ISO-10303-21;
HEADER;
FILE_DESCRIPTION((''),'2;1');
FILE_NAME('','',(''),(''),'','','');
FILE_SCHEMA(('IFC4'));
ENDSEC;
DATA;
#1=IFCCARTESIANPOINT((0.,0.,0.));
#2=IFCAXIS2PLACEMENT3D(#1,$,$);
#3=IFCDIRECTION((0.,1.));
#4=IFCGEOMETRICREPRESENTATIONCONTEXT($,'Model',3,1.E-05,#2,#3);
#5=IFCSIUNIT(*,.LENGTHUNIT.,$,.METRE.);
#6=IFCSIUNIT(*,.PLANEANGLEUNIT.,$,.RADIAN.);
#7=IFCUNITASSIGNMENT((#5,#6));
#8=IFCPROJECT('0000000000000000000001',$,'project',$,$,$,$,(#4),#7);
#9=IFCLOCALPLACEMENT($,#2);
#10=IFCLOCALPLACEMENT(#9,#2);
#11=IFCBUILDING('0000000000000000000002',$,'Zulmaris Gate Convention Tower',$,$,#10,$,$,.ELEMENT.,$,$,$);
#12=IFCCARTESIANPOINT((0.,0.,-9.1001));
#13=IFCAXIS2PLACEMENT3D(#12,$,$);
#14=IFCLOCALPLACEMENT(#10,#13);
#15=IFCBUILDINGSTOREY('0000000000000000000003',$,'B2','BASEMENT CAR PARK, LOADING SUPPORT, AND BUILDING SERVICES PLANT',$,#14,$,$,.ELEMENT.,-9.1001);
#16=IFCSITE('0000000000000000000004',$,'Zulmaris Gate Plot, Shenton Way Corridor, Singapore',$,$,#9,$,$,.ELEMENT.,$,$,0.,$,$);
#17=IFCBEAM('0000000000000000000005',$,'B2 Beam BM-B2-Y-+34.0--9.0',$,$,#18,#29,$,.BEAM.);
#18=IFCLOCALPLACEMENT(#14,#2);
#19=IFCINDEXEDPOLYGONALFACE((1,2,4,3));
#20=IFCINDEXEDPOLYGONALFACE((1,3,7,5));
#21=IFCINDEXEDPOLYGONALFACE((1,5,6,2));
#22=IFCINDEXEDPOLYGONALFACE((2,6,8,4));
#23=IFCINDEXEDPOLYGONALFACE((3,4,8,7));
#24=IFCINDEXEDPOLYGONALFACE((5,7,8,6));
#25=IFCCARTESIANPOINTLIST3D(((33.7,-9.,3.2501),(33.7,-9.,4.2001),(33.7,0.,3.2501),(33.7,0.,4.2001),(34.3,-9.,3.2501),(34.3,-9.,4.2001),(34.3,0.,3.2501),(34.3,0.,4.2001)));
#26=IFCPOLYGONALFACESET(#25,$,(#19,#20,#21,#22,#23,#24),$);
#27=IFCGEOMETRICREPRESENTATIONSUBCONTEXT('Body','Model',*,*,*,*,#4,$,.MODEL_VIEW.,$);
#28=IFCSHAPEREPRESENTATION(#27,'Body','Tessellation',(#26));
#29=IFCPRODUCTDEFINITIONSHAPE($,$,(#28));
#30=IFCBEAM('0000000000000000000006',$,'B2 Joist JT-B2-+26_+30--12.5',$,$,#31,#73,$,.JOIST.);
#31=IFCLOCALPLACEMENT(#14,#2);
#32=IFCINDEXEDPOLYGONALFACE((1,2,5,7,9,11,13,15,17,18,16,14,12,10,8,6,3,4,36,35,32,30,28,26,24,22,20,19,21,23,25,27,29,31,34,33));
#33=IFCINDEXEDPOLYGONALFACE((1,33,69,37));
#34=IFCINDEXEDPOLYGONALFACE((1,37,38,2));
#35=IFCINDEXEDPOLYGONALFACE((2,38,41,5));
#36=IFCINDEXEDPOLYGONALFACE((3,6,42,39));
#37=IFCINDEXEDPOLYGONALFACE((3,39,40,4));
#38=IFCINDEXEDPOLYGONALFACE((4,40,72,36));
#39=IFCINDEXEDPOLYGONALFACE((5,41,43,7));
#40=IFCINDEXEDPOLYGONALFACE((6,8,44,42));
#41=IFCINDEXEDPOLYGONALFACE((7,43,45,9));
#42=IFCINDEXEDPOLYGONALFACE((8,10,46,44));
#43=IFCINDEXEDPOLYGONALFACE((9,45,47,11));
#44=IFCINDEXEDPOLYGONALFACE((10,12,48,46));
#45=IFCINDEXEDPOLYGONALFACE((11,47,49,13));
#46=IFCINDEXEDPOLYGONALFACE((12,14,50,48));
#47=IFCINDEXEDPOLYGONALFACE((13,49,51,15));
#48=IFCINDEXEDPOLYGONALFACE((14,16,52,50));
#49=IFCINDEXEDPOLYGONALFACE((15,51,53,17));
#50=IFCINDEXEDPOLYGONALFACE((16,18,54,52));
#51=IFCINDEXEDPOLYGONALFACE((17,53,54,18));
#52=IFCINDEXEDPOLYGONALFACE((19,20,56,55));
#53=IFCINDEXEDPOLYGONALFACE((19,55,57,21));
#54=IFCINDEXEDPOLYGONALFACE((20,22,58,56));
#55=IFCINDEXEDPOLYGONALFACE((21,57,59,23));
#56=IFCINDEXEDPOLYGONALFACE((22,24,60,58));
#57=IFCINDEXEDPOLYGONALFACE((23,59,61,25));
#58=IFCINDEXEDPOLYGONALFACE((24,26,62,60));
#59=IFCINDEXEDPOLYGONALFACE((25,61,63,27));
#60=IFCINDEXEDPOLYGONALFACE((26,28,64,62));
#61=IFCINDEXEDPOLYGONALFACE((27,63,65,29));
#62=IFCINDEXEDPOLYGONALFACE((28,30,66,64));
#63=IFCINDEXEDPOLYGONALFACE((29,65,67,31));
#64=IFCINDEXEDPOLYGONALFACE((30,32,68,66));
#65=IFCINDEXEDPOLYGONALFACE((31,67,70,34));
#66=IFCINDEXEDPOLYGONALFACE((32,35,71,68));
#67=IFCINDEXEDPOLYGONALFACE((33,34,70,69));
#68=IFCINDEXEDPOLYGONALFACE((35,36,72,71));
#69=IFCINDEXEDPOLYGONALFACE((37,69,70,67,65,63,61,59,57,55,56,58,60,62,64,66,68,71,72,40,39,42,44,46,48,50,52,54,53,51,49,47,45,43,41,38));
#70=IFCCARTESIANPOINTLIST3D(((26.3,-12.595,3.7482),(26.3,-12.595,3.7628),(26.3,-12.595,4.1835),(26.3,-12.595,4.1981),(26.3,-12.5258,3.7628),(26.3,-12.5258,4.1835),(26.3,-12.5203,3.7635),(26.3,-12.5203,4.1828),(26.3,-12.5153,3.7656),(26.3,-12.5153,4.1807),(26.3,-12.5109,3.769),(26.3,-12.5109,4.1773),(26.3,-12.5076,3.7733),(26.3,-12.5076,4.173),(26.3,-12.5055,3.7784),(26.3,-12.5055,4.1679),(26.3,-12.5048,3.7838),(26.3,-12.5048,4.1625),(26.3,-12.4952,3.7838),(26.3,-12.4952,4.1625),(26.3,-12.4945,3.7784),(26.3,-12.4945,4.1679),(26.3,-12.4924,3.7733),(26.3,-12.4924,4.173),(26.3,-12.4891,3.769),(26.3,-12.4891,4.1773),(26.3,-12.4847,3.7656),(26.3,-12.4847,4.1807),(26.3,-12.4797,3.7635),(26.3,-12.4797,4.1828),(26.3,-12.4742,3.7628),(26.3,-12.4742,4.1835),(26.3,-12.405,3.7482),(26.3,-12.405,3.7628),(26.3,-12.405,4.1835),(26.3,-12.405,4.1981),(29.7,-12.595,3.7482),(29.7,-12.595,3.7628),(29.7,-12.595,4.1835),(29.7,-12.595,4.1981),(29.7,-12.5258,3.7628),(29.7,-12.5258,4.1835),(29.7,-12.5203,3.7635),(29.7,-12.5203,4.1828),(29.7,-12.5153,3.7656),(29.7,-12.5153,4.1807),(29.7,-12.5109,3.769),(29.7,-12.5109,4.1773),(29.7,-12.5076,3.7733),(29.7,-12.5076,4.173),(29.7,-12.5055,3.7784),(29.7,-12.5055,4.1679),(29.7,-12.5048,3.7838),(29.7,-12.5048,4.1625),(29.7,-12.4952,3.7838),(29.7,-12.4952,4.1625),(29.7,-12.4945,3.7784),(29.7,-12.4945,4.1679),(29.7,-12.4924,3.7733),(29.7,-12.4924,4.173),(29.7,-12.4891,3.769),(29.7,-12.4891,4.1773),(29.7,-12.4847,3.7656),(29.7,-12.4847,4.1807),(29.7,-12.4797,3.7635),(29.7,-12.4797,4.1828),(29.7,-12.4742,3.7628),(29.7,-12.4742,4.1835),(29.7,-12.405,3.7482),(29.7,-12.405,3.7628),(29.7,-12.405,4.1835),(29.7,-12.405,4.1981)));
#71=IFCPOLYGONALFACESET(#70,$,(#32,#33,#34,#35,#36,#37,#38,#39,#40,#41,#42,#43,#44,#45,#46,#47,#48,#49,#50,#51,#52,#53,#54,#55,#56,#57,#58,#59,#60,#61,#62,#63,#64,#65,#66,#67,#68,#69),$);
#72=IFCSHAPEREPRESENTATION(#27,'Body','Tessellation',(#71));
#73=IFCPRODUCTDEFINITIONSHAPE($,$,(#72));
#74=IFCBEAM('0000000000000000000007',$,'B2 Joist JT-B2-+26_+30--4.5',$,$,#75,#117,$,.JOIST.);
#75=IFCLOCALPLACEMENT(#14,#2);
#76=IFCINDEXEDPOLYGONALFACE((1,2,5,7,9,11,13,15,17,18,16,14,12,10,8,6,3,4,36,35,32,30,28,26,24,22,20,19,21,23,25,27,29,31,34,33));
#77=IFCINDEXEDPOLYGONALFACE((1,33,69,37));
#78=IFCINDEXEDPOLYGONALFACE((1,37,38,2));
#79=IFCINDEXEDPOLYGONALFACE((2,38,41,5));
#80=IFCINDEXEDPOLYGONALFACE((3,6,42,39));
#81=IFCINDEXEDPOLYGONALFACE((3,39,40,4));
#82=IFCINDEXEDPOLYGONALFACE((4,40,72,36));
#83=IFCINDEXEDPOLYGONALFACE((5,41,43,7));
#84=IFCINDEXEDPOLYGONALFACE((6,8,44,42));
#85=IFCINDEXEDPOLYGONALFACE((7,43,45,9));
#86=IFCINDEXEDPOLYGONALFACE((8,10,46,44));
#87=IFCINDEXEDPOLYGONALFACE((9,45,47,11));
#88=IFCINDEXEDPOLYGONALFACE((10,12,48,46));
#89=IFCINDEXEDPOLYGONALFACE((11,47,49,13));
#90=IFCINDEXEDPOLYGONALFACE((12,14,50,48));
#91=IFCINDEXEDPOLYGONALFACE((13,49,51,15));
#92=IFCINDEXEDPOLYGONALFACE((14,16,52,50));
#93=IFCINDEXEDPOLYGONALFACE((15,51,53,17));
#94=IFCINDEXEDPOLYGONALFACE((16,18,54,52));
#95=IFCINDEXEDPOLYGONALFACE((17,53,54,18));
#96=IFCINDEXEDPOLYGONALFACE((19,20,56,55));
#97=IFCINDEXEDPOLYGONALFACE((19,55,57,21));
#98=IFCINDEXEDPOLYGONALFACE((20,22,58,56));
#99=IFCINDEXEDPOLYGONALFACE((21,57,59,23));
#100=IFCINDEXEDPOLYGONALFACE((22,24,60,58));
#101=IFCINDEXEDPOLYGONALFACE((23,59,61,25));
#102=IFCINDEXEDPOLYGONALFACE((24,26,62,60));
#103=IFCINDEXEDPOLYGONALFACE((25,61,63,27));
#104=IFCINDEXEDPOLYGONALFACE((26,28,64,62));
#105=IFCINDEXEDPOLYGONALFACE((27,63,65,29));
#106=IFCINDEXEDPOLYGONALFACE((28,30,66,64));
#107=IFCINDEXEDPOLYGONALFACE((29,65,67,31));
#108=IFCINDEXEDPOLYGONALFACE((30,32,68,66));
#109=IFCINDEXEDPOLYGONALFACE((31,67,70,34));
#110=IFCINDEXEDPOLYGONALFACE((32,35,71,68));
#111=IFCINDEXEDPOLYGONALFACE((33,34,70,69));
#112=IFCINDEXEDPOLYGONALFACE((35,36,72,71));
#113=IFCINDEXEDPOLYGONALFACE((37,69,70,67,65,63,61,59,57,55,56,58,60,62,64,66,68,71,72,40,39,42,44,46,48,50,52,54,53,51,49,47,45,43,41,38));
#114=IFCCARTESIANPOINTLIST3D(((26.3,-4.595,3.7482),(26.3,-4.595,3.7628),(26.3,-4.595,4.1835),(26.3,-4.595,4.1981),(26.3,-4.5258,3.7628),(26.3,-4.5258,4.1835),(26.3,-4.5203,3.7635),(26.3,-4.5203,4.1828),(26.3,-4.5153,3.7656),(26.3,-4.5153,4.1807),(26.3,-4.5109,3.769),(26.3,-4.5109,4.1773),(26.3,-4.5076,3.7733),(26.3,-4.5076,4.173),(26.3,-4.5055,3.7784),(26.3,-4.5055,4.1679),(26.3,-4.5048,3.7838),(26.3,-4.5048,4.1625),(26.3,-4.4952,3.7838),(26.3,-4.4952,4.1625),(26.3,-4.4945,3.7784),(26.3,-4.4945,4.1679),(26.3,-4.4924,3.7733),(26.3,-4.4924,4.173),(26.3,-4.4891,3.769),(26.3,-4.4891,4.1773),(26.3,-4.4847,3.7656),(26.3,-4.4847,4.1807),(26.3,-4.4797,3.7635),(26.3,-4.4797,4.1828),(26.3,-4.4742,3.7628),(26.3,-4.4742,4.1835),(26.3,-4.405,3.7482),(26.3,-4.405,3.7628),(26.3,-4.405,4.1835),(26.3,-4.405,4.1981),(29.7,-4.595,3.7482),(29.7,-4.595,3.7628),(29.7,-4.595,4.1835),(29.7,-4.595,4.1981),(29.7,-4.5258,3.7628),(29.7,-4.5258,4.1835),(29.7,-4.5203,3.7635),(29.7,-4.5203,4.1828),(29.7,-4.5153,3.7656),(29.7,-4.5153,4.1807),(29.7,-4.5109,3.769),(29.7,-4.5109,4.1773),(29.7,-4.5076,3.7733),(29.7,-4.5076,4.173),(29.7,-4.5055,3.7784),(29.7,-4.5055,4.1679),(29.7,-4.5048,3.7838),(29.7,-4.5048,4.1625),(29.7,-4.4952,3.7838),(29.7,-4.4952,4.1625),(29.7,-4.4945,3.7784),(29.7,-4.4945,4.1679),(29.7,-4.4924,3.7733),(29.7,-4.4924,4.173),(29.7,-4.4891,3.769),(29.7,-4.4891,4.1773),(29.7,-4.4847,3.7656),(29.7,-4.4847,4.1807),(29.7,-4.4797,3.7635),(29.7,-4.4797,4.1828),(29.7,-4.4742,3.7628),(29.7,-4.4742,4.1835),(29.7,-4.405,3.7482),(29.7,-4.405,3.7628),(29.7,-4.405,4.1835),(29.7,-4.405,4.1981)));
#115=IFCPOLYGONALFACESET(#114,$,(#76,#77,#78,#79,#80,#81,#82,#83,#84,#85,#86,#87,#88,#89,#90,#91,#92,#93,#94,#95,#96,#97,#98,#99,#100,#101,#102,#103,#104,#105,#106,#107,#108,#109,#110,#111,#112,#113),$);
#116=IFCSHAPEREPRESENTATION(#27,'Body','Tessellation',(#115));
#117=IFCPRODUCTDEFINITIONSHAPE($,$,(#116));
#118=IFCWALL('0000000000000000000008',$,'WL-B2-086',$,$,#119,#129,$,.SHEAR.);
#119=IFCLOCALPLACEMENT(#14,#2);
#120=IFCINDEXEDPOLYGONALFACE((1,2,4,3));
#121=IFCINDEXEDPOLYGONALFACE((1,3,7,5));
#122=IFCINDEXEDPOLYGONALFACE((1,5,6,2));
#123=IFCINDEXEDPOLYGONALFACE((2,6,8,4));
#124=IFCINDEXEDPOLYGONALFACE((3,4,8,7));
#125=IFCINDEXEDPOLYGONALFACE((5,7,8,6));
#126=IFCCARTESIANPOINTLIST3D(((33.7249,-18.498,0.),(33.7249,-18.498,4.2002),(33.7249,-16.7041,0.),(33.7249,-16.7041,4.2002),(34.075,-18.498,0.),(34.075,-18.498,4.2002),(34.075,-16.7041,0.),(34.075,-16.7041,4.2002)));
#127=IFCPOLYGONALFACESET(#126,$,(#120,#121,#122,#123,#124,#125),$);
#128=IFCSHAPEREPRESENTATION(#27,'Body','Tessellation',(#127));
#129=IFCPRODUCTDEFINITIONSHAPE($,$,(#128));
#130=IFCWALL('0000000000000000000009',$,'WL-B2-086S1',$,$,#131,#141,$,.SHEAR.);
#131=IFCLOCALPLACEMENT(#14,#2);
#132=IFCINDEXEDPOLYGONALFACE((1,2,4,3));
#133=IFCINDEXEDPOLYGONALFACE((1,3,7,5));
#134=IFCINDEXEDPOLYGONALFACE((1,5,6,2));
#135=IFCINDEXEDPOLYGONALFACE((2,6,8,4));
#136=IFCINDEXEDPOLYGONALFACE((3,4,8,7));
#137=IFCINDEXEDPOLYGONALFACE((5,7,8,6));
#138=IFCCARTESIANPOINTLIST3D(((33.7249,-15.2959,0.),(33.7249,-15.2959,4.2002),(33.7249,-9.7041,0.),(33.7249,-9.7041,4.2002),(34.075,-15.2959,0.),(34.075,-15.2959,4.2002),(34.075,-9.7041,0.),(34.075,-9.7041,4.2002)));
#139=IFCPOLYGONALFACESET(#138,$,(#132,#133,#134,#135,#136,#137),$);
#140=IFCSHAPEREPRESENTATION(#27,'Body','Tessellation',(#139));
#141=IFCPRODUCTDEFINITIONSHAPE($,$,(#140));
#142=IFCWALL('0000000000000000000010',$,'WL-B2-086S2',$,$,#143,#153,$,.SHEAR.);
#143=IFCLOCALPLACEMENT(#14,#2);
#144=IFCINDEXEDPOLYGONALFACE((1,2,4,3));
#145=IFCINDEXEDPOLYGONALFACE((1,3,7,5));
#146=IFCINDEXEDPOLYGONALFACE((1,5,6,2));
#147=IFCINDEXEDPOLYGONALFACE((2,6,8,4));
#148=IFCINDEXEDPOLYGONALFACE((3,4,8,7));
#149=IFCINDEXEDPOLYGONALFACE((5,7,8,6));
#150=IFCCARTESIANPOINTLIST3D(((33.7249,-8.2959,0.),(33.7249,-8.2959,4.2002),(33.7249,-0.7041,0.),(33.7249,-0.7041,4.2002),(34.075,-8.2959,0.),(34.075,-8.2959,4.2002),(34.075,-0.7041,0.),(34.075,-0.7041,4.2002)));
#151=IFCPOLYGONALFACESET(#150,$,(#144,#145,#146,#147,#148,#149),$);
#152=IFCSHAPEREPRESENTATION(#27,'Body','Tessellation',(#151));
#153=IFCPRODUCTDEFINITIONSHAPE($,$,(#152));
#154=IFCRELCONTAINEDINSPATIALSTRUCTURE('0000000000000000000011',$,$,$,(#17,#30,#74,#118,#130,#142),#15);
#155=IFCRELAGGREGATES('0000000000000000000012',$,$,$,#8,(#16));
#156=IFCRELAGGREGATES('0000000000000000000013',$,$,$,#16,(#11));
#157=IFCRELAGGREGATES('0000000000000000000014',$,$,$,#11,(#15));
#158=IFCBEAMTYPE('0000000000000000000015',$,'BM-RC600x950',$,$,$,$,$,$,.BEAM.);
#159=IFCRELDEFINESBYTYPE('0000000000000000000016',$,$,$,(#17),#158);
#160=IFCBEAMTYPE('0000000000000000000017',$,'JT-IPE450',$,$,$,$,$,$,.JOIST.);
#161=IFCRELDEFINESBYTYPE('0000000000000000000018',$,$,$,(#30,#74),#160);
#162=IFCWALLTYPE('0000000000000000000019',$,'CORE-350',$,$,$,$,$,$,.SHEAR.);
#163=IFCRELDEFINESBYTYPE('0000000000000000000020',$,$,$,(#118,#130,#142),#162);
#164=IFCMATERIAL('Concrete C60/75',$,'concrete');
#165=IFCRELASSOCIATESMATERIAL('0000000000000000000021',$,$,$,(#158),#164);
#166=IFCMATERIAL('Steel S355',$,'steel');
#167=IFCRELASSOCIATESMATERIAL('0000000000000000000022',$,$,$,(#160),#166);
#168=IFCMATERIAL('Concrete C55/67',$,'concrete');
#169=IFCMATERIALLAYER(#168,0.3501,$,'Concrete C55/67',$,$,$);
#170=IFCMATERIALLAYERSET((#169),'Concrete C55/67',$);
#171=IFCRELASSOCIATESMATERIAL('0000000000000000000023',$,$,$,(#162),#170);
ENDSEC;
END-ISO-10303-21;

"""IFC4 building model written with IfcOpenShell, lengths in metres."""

from ifc_helpers import new_model, si_unit, direction, frame, frame_2d, origin, origin_2d, place, context, subcontext, project, spatial, rectangle, i_section, extrude, material, layer, layer_set, material_profile, profile_set, type_object, element, save


model = new_model("IFC4")

# Units and contexts
model_context = context("Model", 3, precision=1e-05, world=origin(), true_north=direction((0.0, 1.0)))
body_context = subcontext(model_context, "Body", "Model", "MODEL_VIEW")
ifc_project = project(units=[si_unit("LENGTHUNIT", "METRE"), si_unit("PLANEANGLEUNIT", "RADIAN")], contexts=[model_context])

# Site, building, storey
site_placement = place(None, origin())
site = spatial("IfcSite", under=ifc_project, at=site_placement, Name="Zulmaris Gate Plot, Shenton Way Corridor, Singapore", CompositionType="ELEMENT", RefElevation=0.0)
building_placement = place(site_placement, origin())
building = spatial("IfcBuilding", under=site, at=building_placement, Name="Zulmaris Gate Convention Tower", CompositionType="ELEMENT")
storey_placement = place(building_placement, frame((0.0, 0.0, -9.1001)))
storey = spatial("IfcBuildingStorey", under=building, at=storey_placement, Name="B2", Description="BASEMENT CAR PARK, LOADING SUPPORT, AND BUILDING SERVICES PLANT", CompositionType="ELEMENT", Elevation=-9.1001)

# Beams
ifc_material_1 = material(Name="Concrete C60/75", Category="concrete")
ifc_material_profile_1 = material_profile(ifc_material_1, rectangle(XDim=0.6001, YDim=0.95, at=origin_2d()), Name="RC BEAM 600x950")
ifc_profile_set_1 = profile_set([ifc_material_profile_1], Name="Concrete C60/75")
beam_type_1 = type_object("IfcBeamType", Name="BM-RC600x950", PredefinedType="BEAM", material=ifc_profile_set_1)
beam_1_placement = place(storey_placement, frame((34.0, -9.0, 3.7251), z_axis=(0.0, 1.0, 0.0), x_axis=(-1.0, 0.0, 0.0)))
element("IfcBeam", 1, at=beam_1_placement, inside=storey, type_object=beam_type_1, Name="B2 Beam BM-B2-Y-+34.0--9.0", PredefinedType="BEAM", context=body_context, shape_type="SweptSolid", body=[
    extrude(rectangle(XDim=0.6001, YDim=0.95, at=origin_2d()), origin(), (0.0, 0.0, 1.0), 9.0),
])
ifc_material_2 = material(Name="Steel S355", Category="steel")
ifc_material_profile_2 = material_profile(ifc_material_2, i_section(OverallWidth=0.1899, OverallDepth=0.45, WebThickness=0.0095, FlangeThickness=0.0146, FilletRadius=0.021, at=origin_2d()), Name="IPE 450")
ifc_profile_set_2 = profile_set([ifc_material_profile_2], Name="Steel S355")
beam_type_2 = type_object("IfcBeamType", Name="JT-IPE450", PredefinedType="JOIST", material=ifc_profile_set_2)
for number, where, z_axis, x_axis, name in (
    (2, (26.3, -12.5, 3.9731), (1.0, 0.0, 0.0), (0.0, 1.0, 0.0), "B2 Joist JT-B2-+26_+30--12.5"),
    (3, (26.3, -4.5, 3.9731), (1.0, 0.0, 0.0), (0.0, 1.0, 0.0), "B2 Joist JT-B2-+26_+30--4.5"),
):
    element("IfcBeam", number, at=place(storey_placement, frame(where, z_axis=z_axis, x_axis=x_axis)), inside=storey, type_object=beam_type_2, Name=name, PredefinedType="JOIST", context=body_context, shape_type="SweptSolid", body=[
        extrude(i_section(OverallWidth=0.1899, OverallDepth=0.45, WebThickness=0.0095, FlangeThickness=0.0146, FilletRadius=0.021, at=origin_2d()), origin(), (0.0, 0.0, 1.0), 3.3999),
    ])

# Walls
ifc_material_3 = material(Name="Concrete C55/67", Category="concrete")
ifc_layer_1 = layer(ifc_material_3, 0.3501, Name="Concrete C55/67")
ifc_layer_set_1 = layer_set([ifc_layer_1], Name="Concrete C55/67")
wall_type_1 = type_object("IfcWallType", Name="CORE-350", PredefinedType="SHEAR", material=ifc_layer_set_1)
wall_1_placement = place(storey_placement, frame((33.8999, -18.498, 0.0), z_axis=(0.0, 0.0, 1.0), x_axis=(0.0, 1.0, 0.0)))
element("IfcWall", 4, at=wall_1_placement, inside=storey, type_object=wall_type_1, Name="WL-B2-086", PredefinedType="SHEAR", context=body_context, shape_type="SweptSolid", body=[
    extrude(rectangle(XDim=1.7939, YDim=0.3501, at=frame_2d((0.897, 0.0))), origin(), (0.0, 0.0, 1.0), 4.2002),
])
wall_2_placement = place(storey_placement, frame((33.8999, -15.2959, 0.0), z_axis=(0.0, 0.0, 1.0), x_axis=(0.0, 1.0, 0.0)))
element("IfcWall", 5, at=wall_2_placement, inside=storey, type_object=wall_type_1, Name="WL-B2-086S1", PredefinedType="SHEAR", context=body_context, shape_type="SweptSolid", body=[
    extrude(rectangle(XDim=5.5918, YDim=0.3501, at=frame_2d((2.7959, 0.0))), origin(), (0.0, 0.0, 1.0), 4.2002),
])
wall_3_placement = place(storey_placement, frame((33.8999, -8.2959, 0.0), z_axis=(0.0, 0.0, 1.0), x_axis=(0.0, 1.0, 0.0)))
element("IfcWall", 6, at=wall_3_placement, inside=storey, type_object=wall_type_1, Name="WL-B2-086S2", PredefinedType="SHEAR", context=body_context, shape_type="SweptSolid", body=[
    extrude(rectangle(XDim=7.5918, YDim=0.3501, at=frame_2d((3.7959, 0.0))), origin(), (0.0, 0.0, 1.0), 4.2002),
])

save(model, "model.ifc")
